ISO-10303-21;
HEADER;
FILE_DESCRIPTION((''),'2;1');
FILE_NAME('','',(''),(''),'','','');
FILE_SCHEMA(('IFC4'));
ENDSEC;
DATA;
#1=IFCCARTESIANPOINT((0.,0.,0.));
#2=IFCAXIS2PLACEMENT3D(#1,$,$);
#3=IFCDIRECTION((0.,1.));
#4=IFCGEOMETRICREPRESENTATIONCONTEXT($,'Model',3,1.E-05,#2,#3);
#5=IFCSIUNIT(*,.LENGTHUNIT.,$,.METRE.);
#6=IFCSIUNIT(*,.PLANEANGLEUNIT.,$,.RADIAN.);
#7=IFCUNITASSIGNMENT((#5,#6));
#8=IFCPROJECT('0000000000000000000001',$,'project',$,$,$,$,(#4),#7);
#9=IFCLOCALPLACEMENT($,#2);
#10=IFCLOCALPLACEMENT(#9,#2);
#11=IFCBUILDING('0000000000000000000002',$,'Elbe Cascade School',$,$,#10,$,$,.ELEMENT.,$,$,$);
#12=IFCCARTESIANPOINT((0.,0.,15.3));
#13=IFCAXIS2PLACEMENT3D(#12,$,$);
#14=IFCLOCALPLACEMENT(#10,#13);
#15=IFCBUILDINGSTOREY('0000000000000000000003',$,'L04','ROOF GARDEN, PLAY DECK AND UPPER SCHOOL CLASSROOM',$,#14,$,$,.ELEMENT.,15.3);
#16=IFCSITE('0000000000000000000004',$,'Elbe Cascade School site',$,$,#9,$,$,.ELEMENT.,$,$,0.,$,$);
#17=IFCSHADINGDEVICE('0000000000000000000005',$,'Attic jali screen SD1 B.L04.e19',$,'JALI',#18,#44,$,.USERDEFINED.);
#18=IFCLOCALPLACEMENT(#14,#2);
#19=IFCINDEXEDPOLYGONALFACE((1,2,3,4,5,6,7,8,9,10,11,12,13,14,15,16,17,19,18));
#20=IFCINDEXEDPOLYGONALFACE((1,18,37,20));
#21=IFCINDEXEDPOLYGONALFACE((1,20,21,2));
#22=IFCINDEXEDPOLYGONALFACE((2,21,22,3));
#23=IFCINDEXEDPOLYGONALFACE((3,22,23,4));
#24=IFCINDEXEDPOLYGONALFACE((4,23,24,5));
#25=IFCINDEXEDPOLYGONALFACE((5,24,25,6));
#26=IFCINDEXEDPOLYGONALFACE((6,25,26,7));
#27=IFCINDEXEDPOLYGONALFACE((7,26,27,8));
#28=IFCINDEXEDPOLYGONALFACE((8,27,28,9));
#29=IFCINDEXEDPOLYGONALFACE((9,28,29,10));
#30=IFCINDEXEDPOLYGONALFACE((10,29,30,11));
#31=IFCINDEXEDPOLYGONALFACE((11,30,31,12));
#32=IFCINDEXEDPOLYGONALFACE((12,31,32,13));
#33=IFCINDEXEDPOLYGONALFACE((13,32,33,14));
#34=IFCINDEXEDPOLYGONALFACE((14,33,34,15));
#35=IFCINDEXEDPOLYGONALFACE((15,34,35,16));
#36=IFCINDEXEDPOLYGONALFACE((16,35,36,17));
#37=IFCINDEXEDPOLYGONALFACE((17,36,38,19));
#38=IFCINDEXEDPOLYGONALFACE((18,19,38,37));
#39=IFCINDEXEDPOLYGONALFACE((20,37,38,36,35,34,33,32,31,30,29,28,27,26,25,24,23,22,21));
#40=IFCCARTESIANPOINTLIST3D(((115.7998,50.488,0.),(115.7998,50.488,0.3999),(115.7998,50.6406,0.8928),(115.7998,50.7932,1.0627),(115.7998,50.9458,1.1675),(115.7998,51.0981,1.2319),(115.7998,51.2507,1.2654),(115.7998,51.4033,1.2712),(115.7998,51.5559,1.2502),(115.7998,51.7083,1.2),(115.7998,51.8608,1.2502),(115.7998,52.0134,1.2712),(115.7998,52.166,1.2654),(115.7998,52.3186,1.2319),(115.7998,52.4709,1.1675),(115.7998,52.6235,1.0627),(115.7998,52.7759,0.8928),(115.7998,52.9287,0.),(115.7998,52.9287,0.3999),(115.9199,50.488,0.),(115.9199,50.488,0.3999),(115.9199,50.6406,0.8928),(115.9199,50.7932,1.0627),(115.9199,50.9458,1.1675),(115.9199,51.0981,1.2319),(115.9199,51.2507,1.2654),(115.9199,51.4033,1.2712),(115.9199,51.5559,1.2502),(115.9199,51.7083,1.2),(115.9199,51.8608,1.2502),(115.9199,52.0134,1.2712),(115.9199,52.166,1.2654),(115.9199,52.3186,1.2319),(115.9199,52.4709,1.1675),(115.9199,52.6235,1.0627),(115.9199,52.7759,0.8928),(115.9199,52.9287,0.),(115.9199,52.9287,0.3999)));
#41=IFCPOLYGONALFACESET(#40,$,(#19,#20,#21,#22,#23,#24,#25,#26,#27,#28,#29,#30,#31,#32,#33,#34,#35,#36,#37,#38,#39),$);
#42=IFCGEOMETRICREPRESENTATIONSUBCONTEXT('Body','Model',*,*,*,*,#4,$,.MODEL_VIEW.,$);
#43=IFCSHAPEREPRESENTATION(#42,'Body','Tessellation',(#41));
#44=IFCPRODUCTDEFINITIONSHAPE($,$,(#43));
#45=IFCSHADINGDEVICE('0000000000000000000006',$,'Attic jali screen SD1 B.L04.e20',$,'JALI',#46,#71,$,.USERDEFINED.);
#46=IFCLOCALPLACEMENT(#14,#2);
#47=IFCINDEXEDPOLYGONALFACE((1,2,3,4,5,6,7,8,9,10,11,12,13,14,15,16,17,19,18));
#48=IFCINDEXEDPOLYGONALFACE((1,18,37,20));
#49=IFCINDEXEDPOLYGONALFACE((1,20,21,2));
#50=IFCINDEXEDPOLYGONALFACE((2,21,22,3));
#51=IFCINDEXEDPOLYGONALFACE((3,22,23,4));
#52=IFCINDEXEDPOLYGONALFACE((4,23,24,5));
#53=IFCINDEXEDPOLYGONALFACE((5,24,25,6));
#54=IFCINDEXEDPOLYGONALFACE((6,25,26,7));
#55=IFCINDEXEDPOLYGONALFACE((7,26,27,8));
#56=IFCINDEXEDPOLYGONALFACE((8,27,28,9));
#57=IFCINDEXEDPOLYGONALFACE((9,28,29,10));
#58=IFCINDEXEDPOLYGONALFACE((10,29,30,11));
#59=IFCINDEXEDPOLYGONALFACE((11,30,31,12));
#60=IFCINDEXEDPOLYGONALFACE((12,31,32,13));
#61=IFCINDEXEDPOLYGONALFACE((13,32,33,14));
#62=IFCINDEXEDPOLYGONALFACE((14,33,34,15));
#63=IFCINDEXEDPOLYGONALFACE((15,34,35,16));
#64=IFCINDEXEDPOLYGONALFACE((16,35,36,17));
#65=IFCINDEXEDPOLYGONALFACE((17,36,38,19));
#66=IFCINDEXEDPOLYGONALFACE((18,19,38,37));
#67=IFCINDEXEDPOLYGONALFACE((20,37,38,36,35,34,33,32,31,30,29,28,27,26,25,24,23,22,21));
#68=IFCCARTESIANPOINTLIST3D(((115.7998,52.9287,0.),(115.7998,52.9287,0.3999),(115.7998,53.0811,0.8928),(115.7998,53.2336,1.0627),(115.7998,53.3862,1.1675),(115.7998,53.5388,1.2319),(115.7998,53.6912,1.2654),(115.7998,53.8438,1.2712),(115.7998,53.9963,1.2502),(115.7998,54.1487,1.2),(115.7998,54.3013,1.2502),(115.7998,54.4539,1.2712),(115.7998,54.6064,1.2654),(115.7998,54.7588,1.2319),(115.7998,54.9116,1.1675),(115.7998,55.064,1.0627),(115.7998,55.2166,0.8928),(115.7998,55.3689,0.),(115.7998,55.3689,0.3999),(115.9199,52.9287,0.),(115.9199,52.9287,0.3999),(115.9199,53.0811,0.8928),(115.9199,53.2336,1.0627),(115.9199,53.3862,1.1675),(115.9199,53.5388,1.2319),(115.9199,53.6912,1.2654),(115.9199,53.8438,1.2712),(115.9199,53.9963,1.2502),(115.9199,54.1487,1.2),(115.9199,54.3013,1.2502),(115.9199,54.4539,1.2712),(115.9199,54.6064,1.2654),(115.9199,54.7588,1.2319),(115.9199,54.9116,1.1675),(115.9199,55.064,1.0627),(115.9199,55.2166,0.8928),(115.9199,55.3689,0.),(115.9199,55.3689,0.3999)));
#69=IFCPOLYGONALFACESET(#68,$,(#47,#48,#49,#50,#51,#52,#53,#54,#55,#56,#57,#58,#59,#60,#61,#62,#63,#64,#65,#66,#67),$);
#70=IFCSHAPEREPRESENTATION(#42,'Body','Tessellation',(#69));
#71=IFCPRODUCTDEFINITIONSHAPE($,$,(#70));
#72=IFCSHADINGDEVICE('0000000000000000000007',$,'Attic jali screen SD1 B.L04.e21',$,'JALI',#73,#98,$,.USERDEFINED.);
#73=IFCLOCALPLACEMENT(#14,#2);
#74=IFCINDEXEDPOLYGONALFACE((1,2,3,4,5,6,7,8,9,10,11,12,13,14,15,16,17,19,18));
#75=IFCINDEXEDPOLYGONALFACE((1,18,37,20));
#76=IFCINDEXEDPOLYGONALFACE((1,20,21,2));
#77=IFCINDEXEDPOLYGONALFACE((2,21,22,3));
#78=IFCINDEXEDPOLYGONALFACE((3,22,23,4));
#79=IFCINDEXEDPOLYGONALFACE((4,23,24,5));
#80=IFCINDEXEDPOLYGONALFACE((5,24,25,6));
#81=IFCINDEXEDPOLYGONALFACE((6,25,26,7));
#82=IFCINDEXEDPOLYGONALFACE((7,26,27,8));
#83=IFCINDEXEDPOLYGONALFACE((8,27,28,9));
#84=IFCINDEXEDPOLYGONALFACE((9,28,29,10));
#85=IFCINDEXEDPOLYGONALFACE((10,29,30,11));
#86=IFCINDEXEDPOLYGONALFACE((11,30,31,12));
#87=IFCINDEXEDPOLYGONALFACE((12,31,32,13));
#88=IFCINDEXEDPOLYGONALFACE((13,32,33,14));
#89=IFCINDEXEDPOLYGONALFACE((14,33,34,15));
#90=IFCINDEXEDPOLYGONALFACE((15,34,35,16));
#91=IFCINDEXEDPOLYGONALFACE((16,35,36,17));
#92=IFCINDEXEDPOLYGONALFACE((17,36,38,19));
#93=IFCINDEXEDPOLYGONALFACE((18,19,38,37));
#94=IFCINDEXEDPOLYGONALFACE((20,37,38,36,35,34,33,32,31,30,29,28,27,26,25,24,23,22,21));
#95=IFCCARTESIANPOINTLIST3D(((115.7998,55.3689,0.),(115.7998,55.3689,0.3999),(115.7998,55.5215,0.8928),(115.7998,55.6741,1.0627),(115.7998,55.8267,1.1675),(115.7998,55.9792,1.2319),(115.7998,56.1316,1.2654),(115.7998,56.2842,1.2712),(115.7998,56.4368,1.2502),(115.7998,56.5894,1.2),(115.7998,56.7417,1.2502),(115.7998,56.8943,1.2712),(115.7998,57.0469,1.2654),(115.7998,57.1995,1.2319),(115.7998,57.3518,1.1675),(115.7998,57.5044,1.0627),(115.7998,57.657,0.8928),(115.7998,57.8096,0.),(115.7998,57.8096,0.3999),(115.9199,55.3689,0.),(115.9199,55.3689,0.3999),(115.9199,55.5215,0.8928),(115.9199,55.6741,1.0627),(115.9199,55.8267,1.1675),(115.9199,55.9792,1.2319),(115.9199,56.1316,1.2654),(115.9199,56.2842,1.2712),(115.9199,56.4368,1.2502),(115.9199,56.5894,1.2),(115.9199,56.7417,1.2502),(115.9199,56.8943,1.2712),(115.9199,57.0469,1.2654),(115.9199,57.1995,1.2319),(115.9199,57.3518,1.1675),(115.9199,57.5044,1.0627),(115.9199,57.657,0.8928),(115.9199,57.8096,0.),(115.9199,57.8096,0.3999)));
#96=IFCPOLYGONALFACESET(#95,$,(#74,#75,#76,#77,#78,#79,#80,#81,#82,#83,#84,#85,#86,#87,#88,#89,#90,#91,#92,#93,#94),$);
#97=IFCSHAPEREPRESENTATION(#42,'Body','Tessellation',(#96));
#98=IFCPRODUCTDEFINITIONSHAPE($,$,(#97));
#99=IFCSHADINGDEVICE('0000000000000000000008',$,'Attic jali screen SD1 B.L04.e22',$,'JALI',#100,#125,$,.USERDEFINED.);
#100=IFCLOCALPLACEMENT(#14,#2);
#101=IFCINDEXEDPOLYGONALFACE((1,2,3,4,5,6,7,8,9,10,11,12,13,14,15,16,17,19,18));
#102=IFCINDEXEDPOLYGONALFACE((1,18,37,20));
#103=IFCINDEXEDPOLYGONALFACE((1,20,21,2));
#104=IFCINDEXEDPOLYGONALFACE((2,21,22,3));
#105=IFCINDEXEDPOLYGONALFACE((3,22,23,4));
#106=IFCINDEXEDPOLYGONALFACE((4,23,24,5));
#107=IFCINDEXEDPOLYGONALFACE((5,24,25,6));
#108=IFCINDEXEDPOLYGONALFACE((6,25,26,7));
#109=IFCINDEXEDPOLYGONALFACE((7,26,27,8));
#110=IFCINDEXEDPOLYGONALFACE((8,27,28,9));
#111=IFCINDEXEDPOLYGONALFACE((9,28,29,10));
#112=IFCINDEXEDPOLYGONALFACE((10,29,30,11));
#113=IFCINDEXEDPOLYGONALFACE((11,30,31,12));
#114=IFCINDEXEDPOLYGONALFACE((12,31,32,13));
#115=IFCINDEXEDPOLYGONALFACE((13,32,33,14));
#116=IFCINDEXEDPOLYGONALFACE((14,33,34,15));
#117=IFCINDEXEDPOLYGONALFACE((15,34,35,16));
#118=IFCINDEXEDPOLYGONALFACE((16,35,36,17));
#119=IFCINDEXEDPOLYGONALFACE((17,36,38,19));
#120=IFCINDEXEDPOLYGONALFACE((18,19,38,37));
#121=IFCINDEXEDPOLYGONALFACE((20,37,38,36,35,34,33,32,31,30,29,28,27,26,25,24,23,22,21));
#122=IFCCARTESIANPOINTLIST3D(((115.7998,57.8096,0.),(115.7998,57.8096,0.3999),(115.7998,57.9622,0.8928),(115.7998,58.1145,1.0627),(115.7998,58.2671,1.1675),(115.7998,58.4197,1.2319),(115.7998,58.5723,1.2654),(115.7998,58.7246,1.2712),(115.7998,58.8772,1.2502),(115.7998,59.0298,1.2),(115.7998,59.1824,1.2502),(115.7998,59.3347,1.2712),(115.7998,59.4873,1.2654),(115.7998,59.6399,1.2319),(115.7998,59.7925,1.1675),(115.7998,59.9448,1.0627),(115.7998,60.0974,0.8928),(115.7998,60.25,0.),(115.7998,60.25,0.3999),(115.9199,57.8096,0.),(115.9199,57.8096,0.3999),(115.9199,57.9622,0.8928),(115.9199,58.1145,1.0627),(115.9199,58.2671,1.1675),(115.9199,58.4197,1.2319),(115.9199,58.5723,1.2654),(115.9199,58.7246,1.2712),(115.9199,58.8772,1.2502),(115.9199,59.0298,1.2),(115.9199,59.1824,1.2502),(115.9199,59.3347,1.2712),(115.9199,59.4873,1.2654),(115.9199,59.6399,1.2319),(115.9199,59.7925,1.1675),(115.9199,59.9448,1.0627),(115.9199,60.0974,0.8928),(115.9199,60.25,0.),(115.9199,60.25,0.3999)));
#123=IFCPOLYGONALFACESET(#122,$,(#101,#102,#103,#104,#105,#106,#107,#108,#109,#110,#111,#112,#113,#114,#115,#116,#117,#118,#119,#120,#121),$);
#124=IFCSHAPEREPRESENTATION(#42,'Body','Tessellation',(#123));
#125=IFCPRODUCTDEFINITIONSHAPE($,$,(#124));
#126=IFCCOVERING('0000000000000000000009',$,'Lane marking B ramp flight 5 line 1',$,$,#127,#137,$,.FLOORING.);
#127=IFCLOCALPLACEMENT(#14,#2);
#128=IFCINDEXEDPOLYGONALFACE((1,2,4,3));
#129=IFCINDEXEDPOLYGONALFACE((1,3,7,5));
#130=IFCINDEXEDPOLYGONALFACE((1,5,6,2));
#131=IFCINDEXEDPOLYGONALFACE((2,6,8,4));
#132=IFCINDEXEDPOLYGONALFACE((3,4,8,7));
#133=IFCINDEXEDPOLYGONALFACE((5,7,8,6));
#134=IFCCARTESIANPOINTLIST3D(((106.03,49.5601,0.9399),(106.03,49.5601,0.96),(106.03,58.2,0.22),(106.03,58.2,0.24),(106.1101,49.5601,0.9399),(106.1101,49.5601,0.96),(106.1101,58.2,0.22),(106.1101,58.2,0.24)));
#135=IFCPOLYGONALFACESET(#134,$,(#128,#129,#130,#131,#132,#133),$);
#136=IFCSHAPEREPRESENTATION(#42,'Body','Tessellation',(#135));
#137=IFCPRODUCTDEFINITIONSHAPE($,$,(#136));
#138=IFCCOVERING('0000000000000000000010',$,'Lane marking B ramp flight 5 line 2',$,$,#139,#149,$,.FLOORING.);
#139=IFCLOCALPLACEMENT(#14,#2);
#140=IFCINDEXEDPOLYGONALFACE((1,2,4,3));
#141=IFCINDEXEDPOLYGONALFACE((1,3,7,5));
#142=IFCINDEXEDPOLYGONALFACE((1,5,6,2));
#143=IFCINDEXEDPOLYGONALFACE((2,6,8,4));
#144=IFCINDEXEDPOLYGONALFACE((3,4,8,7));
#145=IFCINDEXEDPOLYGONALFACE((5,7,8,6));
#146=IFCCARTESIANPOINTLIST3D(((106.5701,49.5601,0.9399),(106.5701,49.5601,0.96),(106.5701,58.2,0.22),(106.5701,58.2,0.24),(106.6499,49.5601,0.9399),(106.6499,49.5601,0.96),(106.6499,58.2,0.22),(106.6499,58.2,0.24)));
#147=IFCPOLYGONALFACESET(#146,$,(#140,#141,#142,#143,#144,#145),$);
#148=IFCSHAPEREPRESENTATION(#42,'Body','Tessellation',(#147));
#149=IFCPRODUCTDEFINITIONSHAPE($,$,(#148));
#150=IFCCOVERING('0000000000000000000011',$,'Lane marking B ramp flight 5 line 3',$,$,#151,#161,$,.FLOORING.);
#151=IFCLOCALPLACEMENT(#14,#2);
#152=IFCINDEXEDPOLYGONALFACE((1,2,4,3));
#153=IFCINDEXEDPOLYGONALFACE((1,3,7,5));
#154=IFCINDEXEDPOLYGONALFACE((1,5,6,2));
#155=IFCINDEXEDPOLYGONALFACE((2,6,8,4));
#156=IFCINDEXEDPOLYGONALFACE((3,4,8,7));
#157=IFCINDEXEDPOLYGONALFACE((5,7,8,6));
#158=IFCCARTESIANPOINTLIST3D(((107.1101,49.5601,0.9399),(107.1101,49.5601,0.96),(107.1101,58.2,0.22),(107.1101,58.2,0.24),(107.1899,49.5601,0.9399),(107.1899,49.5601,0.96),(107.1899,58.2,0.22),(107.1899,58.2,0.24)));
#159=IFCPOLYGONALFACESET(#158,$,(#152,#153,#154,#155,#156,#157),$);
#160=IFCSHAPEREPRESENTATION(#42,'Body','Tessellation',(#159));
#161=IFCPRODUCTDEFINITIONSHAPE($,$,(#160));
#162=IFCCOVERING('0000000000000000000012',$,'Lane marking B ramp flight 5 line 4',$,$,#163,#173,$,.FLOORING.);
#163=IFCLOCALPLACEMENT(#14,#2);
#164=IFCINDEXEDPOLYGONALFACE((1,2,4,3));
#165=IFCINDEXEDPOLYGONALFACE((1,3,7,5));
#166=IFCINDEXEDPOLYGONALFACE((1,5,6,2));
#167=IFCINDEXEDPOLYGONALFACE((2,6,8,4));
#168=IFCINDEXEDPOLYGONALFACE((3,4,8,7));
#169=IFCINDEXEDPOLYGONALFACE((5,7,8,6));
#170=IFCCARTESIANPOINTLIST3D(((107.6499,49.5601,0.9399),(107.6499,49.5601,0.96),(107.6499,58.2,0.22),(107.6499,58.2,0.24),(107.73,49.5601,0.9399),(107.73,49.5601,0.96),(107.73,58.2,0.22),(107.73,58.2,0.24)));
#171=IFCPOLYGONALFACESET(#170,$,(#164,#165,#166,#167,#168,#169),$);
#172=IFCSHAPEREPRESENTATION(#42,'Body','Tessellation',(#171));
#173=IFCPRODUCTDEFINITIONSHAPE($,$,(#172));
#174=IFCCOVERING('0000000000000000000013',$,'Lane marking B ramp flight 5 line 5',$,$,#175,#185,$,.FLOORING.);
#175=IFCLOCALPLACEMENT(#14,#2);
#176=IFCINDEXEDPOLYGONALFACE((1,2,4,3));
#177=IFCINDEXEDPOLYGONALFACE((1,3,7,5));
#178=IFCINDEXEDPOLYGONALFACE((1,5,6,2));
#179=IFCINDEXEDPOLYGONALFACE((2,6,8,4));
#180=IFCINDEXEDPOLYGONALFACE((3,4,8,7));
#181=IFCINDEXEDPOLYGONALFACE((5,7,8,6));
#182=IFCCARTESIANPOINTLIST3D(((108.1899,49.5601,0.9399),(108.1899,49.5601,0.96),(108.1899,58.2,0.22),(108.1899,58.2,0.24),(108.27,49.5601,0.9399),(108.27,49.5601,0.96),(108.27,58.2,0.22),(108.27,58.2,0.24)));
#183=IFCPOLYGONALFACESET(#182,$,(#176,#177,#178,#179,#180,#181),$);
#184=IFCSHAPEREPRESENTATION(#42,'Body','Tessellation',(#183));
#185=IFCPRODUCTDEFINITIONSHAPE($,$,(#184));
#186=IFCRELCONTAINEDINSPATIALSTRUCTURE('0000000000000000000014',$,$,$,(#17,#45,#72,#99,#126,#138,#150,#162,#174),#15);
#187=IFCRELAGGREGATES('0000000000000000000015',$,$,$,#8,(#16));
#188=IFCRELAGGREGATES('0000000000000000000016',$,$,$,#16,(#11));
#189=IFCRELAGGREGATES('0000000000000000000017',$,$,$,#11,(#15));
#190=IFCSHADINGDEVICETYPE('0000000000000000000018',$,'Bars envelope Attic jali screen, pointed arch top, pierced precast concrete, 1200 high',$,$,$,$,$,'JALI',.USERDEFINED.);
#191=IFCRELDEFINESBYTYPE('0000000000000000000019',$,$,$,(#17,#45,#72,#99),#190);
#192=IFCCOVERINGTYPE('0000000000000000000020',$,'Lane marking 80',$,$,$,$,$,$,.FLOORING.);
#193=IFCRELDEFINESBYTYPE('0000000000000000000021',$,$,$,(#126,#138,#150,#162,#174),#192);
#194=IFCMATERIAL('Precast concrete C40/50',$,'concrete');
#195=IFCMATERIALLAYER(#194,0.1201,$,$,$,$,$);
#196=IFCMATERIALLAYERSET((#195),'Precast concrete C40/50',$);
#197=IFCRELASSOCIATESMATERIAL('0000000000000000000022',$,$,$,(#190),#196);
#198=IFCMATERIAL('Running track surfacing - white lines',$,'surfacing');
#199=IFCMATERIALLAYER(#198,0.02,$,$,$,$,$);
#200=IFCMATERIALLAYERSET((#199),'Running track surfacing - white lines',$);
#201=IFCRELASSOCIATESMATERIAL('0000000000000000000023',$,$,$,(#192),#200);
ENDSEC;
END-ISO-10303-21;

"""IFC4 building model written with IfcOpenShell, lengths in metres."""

from ifc_helpers import new_model, si_unit, direction, frame, origin, place, context, subcontext, project, spatial, polyline, outline, extrude, material, layer, layer_set, type_object, element, save


model = new_model("IFC4")

# Units and contexts
model_context = context("Model", 3, precision=1e-05, world=origin(), true_north=direction((0.0, 1.0)))
body_context = subcontext(model_context, "Body", "Model", "MODEL_VIEW")
ifc_project = project(units=[si_unit("LENGTHUNIT", "METRE"), si_unit("PLANEANGLEUNIT", "RADIAN")], contexts=[model_context])

# Site, building, storey
site_placement = place(None, origin())
site = spatial("IfcSite", under=ifc_project, at=site_placement, Name="Elbe Cascade School site", CompositionType="ELEMENT", RefElevation=0.0)
building_placement = place(site_placement, origin())
building = spatial("IfcBuilding", under=site, at=building_placement, Name="Elbe Cascade School", CompositionType="ELEMENT")
storey_placement = place(building_placement, frame((0.0, 0.0, 15.3)))
storey = spatial("IfcBuildingStorey", under=building, at=storey_placement, Name="L04", Description="ROOF GARDEN, PLAY DECK AND UPPER SCHOOL CLASSROOM", CompositionType="ELEMENT", Elevation=15.3)

# Shading devices
ifc_material_1 = material(Name="Precast concrete C40/50", Category="concrete")
ifc_layer_1 = layer(ifc_material_1, 0.1201)
ifc_layer_set_1 = layer_set([ifc_layer_1], Name="Precast concrete C40/50")
shading_device_type = type_object("IfcShadingDeviceType", Name="Bars envelope Attic jali screen, pointed arch top, pierced precast concrete, 1200 high", ElementType="JALI", PredefinedType="USERDEFINED", material=ifc_layer_set_1)
shading_device_1_placement = place(storey_placement, frame((115.9199, 50.488, 0.0), z_axis=(1.0, 0.0, 0.0), x_axis=(0.0, 1.0, 0.0)))
element("IfcShadingDevice", 1, at=shading_device_1_placement, inside=storey, type_object=shading_device_type, Name="Attic jali screen SD1 B.L04.e19", ObjectType="JALI", PredefinedType="USERDEFINED", context=body_context, shape_type="SweptSolid", body=[
    extrude(outline(polyline([(0.0, 0.0), (2.4407, 0.0), (2.4407, 0.3999), (2.2878, 0.8928), (2.1355, 1.0627), (1.9829, 1.1675), (1.8306, 1.2319), (1.678, 1.2654), (1.5254, 1.2712), (1.3728, 1.2502), (1.2202, 1.2), (1.0679, 1.2502), (0.9153, 1.2712), (0.7627, 1.2654), (0.6101, 1.2319), (0.4578, 1.1675), (0.3052, 1.0627), (0.1526, 0.8928), (0.0, 0.3999), (0.0, 0.0)])), origin(), (0.0, 0.0, -1.0), 0.1201),
])
shading_device_2_placement = place(storey_placement, frame((115.9199, 52.9287, 0.0), z_axis=(1.0, 0.0, 0.0), x_axis=(0.0, 1.0, 0.0)))
element("IfcShadingDevice", 2, at=shading_device_2_placement, inside=storey, type_object=shading_device_type, Name="Attic jali screen SD1 B.L04.e20", ObjectType="JALI", PredefinedType="USERDEFINED", context=body_context, shape_type="SweptSolid", body=[
    extrude(outline(polyline([(0.0, 0.0), (2.4402, 0.0), (2.4402, 0.3999), (2.2878, 0.8928), (2.1353, 1.0627), (1.9829, 1.1675), (1.8301, 1.2319), (1.6777, 1.2654), (1.5251, 1.2712), (1.3726, 1.2502), (1.22, 1.2), (1.0676, 1.2502), (0.915, 1.2712), (0.7625, 1.2654), (0.6101, 1.2319), (0.4575, 1.1675), (0.3049, 1.0627), (0.1523, 0.8928), (0.0, 0.3999), (0.0, 0.0)])), origin(), (0.0, 0.0, -1.0), 0.1201),
])
shading_device_3_placement = place(storey_placement, frame((115.9199, 55.3689, 0.0), z_axis=(1.0, 0.0, 0.0), x_axis=(0.0, 1.0, 0.0)))
element("IfcShadingDevice", 3, at=shading_device_3_placement, inside=storey, type_object=shading_device_type, Name="Attic jali screen SD1 B.L04.e21", ObjectType="JALI", PredefinedType="USERDEFINED", context=body_context, shape_type="SweptSolid", body=[
    extrude(outline(polyline([(0.0, 0.0), (2.4407, 0.0), (2.4407, 0.3999), (2.2881, 0.8928), (2.1355, 1.0627), (1.9829, 1.1675), (1.8306, 1.2319), (1.678, 1.2654), (1.5254, 1.2712), (1.3728, 1.2502), (1.2205, 1.2), (1.0679, 1.2502), (0.9153, 1.2712), (0.7627, 1.2654), (0.6104, 1.2319), (0.4578, 1.1675), (0.3052, 1.0627), (0.1526, 0.8928), (0.0, 0.3999), (0.0, 0.0)])), origin(), (0.0, 0.0, -1.0), 0.1201),
])
shading_device_4_placement = place(storey_placement, frame((115.9199, 57.8096, 0.0), z_axis=(1.0, 0.0, 0.0), x_axis=(0.0, 1.0, 0.0)))
element("IfcShadingDevice", 4, at=shading_device_4_placement, inside=storey, type_object=shading_device_type, Name="Attic jali screen SD1 B.L04.e22", ObjectType="JALI", PredefinedType="USERDEFINED", context=body_context, shape_type="SweptSolid", body=[
    extrude(outline(polyline([(0.0, 0.0), (2.4404, 0.0), (2.4404, 0.3999), (2.2878, 0.8928), (2.1353, 1.0627), (1.9829, 1.1675), (1.8303, 1.2319), (1.6777, 1.2654), (1.5251, 1.2712), (1.3728, 1.2502), (1.2202, 1.2), (1.0676, 1.2502), (0.915, 1.2712), (0.7627, 1.2654), (0.6101, 1.2319), (0.4575, 1.1675), (0.3049, 1.0627), (0.1526, 0.8928), (0.0, 0.3999), (0.0, 0.0)])), origin(), (0.0, 0.0, -1.0), 0.1201),
])

# Coverings
ifc_material_2 = material(Name="Running track surfacing - white lines", Category="surfacing")
ifc_layer_2 = layer(ifc_material_2, 0.02)
ifc_layer_set_2 = layer_set([ifc_layer_2], Name="Running track surfacing - white lines")
covering_type_1 = type_object("IfcCoveringType", Name="Lane marking 80", PredefinedType="FLOORING", material=ifc_layer_set_2)
covering_1_placement = place(storey_placement, frame((106.03, 49.5601, 0.96), z_axis=(0.0, 0.083043, 0.996546), x_axis=(0.0, 0.996546, -0.083043)))
element("IfcCovering", 5, at=covering_1_placement, inside=storey, type_object=covering_type_1, Name="Lane marking B ramp flight 5 line 1", PredefinedType="FLOORING", context=body_context, shape_type="SweptSolid", body=[
    extrude(outline(polyline([(0.0, 0.0), (8.6698, 0.0), (8.6698, -0.0801), (0.0, -0.0801), (0.0, 0.0)])), origin(), (0.083043, 0.0, -0.996546), 0.02),
])
for number, where, z_axis, x_axis, name in (
    (6, (106.5701, 49.5601, 0.96), (0.0, 0.083043, 0.996546), (0.0, 0.996546, -0.083043), "Lane marking B ramp flight 5 line 2"),
    (7, (107.1101, 49.5601, 0.96), (0.0, 0.083043, 0.996546), (0.0, 0.996546, -0.083043), "Lane marking B ramp flight 5 line 3"),
):
    element("IfcCovering", number, at=place(storey_placement, frame(where, z_axis=z_axis, x_axis=x_axis)), inside=storey, type_object=covering_type_1, Name=name, PredefinedType="FLOORING", context=body_context, shape_type="SweptSolid", body=[
        extrude(outline(polyline([(0.0, 0.0), (8.6698, 0.0), (8.6698, -0.0798), (0.0, -0.0798), (0.0, 0.0)])), origin(), (0.083043, 0.0, -0.996546), 0.02),
    ])
for number, where, z_axis, x_axis, name in (
    (8, (107.6499, 49.5601, 0.96), (0.0, 0.083043, 0.996546), (0.0, 0.996546, -0.083043), "Lane marking B ramp flight 5 line 4"),
    (9, (108.1899, 49.5601, 0.96), (0.0, 0.083043, 0.996546), (0.0, 0.996546, -0.083043), "Lane marking B ramp flight 5 line 5"),
):
    element("IfcCovering", number, at=place(storey_placement, frame(where, z_axis=z_axis, x_axis=x_axis)), inside=storey, type_object=covering_type_1, Name=name, PredefinedType="FLOORING", context=body_context, shape_type="SweptSolid", body=[
        extrude(outline(polyline([(0.0, 0.0), (8.6698, 0.0), (8.6698, -0.0801), (0.0, -0.0801), (0.0, 0.0)])), origin(), (0.083043, 0.0, -0.996546), 0.02),
    ])

save(model, "model.ifc")
